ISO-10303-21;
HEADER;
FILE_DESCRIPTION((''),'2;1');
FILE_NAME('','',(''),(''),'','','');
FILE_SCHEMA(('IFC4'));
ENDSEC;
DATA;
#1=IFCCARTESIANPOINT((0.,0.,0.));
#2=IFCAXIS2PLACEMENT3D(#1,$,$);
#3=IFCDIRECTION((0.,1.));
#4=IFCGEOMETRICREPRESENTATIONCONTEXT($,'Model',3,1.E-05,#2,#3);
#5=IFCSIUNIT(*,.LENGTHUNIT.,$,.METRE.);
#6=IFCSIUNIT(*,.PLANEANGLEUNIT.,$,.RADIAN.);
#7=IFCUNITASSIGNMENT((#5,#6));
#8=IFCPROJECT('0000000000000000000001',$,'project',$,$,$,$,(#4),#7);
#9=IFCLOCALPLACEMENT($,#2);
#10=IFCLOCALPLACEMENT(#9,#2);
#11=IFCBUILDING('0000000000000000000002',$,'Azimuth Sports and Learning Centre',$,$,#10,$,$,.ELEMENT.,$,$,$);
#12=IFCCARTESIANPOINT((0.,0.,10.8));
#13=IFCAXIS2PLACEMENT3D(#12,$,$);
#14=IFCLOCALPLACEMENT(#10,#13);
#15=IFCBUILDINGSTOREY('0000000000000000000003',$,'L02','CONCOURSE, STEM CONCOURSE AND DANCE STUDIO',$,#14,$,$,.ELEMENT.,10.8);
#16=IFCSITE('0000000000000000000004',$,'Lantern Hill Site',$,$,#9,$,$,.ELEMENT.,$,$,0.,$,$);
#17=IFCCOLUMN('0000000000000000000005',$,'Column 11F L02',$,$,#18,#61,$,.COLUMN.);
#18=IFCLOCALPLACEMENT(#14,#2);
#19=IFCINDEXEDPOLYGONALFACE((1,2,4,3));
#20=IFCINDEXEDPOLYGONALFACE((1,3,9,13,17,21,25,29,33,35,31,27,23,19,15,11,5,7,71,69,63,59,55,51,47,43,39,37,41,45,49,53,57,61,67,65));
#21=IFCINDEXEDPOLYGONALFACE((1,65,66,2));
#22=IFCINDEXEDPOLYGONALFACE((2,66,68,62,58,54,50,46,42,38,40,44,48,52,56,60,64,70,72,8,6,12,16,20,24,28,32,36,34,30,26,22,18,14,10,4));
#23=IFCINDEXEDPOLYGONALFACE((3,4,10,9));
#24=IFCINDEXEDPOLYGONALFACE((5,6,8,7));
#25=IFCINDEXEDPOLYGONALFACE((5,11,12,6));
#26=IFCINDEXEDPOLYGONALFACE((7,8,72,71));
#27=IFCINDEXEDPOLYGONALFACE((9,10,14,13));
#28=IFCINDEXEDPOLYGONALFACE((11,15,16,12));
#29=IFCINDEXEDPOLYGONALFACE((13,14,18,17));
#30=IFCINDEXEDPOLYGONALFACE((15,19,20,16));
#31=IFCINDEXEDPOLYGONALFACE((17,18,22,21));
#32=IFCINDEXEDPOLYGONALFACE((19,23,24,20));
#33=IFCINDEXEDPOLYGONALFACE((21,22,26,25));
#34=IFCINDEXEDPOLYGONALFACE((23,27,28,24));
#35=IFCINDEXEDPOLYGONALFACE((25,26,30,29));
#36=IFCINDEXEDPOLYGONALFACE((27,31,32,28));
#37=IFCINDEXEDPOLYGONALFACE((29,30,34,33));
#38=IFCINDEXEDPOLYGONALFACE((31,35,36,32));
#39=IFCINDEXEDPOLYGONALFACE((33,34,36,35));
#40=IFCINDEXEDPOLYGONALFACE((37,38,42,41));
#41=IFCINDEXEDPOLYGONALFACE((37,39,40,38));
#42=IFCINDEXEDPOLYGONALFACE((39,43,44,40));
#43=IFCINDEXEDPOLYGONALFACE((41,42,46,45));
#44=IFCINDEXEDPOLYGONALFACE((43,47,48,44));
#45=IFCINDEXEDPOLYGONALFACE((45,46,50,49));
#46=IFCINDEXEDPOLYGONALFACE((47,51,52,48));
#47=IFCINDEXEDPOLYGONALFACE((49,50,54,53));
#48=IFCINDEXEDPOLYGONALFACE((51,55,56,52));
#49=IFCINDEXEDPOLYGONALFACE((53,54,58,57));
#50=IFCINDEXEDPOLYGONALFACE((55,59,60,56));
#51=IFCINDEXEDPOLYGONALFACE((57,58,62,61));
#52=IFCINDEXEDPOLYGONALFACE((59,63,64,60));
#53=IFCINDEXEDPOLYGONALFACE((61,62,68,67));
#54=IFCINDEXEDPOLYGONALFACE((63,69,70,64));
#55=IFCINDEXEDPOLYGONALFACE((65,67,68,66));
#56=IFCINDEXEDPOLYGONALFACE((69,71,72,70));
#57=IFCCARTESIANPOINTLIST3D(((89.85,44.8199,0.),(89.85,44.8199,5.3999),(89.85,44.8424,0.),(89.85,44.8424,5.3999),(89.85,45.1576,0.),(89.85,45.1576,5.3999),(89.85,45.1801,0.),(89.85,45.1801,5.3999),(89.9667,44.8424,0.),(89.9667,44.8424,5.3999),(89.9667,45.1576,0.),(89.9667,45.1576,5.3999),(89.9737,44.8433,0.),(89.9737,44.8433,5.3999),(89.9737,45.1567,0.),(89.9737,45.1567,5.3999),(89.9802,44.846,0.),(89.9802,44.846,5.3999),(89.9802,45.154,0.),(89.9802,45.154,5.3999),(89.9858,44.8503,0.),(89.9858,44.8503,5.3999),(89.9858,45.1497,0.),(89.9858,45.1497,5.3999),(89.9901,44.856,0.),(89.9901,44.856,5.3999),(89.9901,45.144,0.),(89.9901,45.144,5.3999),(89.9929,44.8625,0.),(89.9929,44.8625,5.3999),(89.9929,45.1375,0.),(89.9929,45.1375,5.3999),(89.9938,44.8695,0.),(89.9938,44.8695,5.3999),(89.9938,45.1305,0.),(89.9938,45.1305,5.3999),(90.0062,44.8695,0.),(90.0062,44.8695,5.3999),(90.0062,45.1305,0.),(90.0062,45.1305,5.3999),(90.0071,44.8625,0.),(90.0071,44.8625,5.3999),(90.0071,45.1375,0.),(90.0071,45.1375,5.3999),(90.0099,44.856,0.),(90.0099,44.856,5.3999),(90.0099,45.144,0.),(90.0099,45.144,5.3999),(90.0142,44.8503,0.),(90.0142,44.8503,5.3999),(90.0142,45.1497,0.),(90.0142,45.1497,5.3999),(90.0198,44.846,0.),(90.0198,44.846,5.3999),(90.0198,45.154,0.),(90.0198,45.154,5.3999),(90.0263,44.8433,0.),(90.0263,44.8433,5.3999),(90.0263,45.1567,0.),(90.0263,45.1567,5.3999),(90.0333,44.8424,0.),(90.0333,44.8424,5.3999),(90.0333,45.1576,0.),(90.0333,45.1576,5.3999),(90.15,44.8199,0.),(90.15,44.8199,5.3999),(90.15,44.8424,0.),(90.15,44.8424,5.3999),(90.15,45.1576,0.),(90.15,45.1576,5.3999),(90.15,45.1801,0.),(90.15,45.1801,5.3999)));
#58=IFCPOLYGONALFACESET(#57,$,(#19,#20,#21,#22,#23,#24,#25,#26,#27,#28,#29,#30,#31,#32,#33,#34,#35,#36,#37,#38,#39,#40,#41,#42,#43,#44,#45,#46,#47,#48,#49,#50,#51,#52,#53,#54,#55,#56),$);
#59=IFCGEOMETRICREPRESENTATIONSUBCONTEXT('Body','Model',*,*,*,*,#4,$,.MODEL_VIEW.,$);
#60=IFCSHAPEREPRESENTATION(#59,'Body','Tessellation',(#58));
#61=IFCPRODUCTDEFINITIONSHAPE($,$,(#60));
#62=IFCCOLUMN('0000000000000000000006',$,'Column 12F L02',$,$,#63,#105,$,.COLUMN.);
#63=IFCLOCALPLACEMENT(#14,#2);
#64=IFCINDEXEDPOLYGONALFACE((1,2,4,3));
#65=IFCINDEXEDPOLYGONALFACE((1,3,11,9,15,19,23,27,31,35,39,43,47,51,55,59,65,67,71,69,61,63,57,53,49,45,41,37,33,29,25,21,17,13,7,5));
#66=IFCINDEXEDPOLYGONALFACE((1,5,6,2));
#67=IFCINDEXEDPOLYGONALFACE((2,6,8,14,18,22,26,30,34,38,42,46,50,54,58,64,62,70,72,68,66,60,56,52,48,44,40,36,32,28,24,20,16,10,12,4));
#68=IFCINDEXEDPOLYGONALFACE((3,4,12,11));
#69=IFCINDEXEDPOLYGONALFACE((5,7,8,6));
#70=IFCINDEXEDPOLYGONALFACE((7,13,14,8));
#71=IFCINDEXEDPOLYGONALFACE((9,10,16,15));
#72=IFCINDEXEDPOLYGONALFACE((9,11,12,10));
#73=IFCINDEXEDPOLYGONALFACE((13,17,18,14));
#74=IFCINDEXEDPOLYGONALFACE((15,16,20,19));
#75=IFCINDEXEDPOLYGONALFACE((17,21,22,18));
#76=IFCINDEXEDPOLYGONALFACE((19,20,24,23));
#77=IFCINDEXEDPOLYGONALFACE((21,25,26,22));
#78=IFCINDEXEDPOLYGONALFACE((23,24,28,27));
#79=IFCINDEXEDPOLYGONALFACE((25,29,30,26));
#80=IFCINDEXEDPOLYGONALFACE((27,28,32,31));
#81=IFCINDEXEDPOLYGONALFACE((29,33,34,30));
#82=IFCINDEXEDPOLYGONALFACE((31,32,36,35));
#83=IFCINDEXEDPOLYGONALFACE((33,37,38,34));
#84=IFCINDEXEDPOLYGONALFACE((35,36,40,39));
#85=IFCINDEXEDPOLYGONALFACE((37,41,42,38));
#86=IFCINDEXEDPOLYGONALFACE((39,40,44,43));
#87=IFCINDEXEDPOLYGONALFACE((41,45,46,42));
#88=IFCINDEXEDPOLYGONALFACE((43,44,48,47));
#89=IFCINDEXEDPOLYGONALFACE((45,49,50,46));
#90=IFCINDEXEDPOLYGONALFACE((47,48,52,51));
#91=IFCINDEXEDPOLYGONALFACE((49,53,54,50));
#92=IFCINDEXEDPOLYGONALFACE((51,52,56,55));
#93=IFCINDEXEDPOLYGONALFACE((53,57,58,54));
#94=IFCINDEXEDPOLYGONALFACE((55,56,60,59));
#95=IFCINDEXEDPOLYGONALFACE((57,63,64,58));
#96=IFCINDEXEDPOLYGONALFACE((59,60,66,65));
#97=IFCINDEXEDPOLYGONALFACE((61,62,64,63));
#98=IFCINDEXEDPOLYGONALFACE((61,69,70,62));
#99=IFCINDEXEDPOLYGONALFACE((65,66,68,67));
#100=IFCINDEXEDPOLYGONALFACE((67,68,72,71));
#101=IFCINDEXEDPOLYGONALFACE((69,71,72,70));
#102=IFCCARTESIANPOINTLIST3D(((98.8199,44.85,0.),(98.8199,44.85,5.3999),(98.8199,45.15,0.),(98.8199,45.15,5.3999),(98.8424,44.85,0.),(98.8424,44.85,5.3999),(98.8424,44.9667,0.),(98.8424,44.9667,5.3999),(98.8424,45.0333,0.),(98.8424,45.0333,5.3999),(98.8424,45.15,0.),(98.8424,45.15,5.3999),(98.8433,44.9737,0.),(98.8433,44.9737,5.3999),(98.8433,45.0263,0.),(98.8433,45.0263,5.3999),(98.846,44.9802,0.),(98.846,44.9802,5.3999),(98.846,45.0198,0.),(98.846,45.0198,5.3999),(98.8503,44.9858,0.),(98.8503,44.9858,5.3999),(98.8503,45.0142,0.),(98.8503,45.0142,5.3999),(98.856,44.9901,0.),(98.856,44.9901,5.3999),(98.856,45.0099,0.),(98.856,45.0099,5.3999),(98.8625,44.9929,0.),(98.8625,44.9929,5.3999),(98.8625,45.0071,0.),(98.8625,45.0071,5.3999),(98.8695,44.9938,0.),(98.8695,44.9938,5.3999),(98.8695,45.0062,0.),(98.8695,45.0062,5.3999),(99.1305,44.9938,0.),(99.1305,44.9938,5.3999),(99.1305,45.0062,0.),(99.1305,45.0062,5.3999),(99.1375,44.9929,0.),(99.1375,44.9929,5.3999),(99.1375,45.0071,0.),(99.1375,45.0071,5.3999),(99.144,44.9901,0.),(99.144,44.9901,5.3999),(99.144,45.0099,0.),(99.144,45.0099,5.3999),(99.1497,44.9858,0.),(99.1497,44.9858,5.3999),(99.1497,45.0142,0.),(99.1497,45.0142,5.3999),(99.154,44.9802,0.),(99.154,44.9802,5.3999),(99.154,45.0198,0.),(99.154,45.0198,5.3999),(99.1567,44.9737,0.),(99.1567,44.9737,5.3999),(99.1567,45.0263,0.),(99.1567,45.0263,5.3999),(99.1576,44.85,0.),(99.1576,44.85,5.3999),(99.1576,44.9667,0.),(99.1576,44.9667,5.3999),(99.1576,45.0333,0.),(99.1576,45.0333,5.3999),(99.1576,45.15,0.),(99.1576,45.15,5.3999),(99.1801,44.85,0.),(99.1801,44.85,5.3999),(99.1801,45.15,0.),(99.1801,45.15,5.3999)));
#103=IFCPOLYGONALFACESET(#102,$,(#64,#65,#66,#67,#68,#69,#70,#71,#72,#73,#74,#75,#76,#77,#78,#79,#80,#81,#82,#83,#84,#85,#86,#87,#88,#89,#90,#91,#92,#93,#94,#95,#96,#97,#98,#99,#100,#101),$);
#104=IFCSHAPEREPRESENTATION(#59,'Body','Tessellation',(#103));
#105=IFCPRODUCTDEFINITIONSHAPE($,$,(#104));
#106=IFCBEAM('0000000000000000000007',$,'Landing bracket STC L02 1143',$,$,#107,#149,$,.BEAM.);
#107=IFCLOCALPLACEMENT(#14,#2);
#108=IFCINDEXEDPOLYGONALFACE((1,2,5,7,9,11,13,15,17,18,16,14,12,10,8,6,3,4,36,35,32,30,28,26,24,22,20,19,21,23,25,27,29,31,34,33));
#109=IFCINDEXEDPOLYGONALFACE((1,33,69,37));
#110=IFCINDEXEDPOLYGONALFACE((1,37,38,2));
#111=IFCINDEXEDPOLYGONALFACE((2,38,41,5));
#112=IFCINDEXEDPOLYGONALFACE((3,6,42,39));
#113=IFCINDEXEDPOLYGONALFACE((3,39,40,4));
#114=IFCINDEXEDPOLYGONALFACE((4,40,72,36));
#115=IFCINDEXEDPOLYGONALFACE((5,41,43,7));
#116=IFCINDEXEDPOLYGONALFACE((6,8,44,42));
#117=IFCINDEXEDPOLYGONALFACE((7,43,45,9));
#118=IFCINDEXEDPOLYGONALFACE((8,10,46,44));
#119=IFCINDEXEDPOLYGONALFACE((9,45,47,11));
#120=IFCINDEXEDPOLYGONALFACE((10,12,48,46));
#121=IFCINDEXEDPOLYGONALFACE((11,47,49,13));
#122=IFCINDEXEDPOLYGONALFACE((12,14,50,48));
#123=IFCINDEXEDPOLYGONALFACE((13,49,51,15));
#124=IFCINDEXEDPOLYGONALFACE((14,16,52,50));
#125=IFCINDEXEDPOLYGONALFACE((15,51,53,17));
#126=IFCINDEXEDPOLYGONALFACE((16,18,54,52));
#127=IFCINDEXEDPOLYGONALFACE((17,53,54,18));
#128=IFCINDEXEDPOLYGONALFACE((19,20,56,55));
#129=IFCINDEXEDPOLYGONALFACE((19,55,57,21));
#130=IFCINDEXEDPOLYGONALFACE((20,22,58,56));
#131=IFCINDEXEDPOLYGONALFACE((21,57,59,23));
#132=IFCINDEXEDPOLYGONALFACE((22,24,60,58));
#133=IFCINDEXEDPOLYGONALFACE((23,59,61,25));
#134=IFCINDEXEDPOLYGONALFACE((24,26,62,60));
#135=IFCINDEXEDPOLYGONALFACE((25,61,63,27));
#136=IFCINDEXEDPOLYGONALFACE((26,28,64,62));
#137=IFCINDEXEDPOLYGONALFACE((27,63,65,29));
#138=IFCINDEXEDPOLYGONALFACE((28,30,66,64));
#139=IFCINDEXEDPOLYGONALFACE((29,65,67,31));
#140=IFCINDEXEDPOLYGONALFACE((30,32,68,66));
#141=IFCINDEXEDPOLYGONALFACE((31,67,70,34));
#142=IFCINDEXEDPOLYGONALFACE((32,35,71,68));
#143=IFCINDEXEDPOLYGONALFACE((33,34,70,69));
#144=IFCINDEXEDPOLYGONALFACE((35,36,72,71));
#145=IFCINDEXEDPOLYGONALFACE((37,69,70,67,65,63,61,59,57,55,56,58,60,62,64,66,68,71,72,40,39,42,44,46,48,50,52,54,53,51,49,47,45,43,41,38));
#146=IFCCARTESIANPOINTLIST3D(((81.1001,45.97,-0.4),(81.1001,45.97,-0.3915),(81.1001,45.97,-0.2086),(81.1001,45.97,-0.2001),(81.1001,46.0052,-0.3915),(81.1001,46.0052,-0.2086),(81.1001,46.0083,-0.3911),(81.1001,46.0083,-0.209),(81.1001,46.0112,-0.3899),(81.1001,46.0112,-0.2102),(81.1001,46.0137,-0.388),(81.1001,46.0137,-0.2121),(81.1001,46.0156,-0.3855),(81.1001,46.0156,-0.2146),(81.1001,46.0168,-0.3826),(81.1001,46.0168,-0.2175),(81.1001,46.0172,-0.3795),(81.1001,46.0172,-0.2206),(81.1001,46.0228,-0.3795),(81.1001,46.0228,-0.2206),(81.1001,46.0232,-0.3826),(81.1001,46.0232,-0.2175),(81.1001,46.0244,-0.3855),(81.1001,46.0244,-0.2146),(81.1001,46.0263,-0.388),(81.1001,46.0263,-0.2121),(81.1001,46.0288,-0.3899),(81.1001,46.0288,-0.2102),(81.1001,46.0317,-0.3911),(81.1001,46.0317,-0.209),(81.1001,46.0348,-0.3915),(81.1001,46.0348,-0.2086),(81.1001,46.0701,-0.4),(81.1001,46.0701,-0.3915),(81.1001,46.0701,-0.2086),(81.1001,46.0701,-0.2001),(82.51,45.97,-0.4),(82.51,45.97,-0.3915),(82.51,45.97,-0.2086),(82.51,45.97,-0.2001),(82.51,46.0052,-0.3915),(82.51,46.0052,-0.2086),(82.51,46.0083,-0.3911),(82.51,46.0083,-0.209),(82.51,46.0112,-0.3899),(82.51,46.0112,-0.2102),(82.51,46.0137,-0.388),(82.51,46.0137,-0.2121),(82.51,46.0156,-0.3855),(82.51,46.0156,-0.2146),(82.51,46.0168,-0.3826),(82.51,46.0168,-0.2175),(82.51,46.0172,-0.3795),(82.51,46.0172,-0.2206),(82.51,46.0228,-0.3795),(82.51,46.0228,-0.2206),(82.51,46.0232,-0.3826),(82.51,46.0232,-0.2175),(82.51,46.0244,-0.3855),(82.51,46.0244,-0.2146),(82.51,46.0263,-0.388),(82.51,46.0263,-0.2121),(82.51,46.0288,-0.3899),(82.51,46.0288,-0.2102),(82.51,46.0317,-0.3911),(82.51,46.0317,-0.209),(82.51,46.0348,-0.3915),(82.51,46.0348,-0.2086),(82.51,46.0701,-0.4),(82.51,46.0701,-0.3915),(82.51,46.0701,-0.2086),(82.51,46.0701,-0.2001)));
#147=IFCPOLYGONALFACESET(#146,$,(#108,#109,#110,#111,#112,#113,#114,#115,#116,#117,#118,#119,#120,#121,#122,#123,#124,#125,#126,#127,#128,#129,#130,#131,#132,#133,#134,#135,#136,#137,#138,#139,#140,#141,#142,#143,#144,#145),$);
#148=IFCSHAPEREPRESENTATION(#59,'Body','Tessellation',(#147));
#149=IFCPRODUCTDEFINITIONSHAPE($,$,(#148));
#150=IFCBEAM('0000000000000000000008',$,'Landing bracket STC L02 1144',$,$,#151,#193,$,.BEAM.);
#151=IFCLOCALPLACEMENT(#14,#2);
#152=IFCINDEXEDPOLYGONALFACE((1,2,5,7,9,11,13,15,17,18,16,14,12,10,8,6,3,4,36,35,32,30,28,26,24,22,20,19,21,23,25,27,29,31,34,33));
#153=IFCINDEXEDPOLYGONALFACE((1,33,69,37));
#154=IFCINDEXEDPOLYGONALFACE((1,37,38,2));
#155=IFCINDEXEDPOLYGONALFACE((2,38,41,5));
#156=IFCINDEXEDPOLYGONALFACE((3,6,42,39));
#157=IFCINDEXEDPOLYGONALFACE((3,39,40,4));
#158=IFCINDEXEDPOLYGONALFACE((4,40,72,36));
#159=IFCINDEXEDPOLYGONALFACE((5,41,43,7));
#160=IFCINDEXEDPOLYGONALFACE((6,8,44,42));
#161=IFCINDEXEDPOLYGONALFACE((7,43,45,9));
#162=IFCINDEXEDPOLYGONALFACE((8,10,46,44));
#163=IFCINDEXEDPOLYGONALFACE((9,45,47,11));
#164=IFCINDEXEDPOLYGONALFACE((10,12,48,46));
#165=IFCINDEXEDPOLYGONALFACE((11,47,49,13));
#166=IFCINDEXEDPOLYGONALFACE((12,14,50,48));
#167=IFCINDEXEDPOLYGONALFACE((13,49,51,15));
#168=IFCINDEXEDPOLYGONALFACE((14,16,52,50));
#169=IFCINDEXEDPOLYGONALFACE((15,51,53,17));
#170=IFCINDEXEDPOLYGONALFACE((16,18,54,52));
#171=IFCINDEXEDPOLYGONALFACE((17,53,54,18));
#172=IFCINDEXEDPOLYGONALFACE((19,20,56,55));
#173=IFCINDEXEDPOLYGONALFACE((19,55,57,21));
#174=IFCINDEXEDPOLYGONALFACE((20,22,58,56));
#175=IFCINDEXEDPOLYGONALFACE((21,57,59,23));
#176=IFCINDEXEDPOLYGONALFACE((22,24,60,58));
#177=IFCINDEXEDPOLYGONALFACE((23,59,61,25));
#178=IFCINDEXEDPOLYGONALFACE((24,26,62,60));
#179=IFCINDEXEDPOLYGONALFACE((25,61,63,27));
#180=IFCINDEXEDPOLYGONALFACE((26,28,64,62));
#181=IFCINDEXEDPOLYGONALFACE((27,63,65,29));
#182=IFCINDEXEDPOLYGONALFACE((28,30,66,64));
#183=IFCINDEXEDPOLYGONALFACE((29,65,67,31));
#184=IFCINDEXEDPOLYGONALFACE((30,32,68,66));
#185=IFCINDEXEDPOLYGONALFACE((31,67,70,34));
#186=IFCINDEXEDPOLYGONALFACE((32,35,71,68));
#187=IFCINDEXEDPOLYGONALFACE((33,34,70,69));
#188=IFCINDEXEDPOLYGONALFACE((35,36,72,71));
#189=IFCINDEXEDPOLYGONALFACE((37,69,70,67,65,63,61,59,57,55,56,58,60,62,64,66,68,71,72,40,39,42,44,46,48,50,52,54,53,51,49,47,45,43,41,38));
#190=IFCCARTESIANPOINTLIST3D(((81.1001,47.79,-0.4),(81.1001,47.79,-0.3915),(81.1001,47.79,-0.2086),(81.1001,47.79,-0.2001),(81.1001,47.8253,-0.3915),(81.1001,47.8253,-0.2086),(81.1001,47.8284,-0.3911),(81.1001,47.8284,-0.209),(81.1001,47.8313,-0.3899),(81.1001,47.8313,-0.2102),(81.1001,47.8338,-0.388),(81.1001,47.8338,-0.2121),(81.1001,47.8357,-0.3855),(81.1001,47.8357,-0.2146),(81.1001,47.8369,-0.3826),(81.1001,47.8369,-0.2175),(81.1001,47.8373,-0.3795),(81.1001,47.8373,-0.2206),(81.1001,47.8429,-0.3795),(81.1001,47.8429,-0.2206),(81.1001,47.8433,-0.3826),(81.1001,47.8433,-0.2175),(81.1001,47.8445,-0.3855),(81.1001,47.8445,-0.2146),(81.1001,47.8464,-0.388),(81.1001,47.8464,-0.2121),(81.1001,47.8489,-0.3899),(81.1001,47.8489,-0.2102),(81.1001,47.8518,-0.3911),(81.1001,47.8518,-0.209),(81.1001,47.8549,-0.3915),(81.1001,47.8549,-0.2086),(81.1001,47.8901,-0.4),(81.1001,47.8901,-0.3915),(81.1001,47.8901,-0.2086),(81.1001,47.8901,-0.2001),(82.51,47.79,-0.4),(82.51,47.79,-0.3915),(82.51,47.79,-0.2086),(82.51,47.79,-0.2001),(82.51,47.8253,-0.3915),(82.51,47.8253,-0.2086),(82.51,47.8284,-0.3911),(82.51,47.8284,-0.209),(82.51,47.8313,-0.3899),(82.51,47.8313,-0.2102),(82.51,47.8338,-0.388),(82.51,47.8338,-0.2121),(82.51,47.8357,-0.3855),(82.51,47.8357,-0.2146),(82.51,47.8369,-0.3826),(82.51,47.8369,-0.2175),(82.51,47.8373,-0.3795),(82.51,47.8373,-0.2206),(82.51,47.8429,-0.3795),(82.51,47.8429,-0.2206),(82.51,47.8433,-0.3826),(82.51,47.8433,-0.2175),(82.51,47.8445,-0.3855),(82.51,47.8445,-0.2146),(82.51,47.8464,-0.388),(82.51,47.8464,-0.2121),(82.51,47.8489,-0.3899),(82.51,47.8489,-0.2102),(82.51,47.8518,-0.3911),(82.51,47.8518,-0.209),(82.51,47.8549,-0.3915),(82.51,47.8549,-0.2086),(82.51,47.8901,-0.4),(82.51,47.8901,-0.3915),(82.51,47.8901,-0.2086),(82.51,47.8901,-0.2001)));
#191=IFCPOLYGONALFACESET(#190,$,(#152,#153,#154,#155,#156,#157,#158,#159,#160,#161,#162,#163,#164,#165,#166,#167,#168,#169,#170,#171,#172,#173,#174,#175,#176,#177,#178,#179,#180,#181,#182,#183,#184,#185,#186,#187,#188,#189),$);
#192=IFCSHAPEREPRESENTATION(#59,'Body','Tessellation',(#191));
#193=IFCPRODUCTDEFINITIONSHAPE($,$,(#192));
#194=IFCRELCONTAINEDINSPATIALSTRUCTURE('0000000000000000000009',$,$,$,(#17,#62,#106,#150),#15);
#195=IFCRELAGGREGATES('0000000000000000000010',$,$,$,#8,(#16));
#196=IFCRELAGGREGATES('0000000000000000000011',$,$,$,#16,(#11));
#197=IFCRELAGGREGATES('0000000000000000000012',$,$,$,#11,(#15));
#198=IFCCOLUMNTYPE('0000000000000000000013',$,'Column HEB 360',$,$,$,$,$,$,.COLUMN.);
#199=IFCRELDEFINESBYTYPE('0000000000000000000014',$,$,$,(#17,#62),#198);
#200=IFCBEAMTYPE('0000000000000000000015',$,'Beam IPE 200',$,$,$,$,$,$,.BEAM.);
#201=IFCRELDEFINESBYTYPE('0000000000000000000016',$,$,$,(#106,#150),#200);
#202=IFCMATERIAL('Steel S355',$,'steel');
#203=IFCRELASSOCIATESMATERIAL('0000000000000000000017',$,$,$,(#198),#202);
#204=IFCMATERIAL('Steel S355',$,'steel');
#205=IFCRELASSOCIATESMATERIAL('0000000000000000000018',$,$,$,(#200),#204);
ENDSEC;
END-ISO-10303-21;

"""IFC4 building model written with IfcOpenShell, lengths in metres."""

from ifc_helpers import new_model, si_unit, direction, frame, origin, origin_2d, place, context, subcontext, project, spatial, i_section, extrude, material, material_profile, profile_set, type_object, element, save


model = new_model("IFC4")

# Units and contexts
model_context = context("Model", 3, precision=1e-05, world=origin(), true_north=direction((0.0, 1.0)))
body_context = subcontext(model_context, "Body", "Model", "MODEL_VIEW")
ifc_project = project(units=[si_unit("LENGTHUNIT", "METRE"), si_unit("PLANEANGLEUNIT", "RADIAN")], contexts=[model_context])

# Site, building, storey
site_placement = place(None, origin())
site = spatial("IfcSite", under=ifc_project, at=site_placement, Name="Lantern Hill Site", CompositionType="ELEMENT", RefElevation=0.0)
building_placement = place(site_placement, origin())
building = spatial("IfcBuilding", under=site, at=building_placement, Name="Azimuth Sports and Learning Centre", CompositionType="ELEMENT")
storey_placement = place(building_placement, frame((0.0, 0.0, 10.8)))
storey = spatial("IfcBuildingStorey", under=building, at=storey_placement, Name="L02", Description="CONCOURSE, STEM CONCOURSE AND DANCE STUDIO", CompositionType="ELEMENT", Elevation=10.8)

# Columns
ifc_material_1 = material(Name="Steel S355", Category="steel")
ifc_material_profile_1 = material_profile(ifc_material_1, i_section(OverallWidth=0.3, OverallDepth=0.3601, WebThickness=0.0125, FlangeThickness=0.0225, FilletRadius=0.0271, at=origin_2d()), Name="HEB 360")
ifc_profile_set_1 = profile_set([ifc_material_profile_1], Name="Steel S355")
column_type = type_object("IfcColumnType", Name="Column HEB 360", PredefinedType="COLUMN", material=ifc_profile_set_1)
for number, where, z_axis, x_axis, name in (
    (1, (90.0, 45.0, 0.0), (0.0, 0.0, 1.0), (1.0, 0.0, 0.0), "Column 11F L02"),
    (2, (99.0, 45.0, 0.0), (0.0, 0.0, 1.0), (0.0, 1.0, 0.0), "Column 12F L02"),
):
    element("IfcColumn", number, at=place(storey_placement, frame(where, z_axis=z_axis, x_axis=x_axis)), inside=storey, type_object=column_type, Name=name, PredefinedType="COLUMN", context=body_context, shape_type="SweptSolid", body=[
        extrude(i_section(OverallWidth=0.3, OverallDepth=0.3601, WebThickness=0.0125, FlangeThickness=0.0225, FilletRadius=0.0271, at=origin_2d()), origin(), (0.0, 0.0, 1.0), 5.3999),
    ])

# Beams
ifc_material_2 = material(Name="Steel S355", Category="steel")
ifc_material_profile_2 = material_profile(ifc_material_2, i_section(OverallWidth=0.1001, OverallDepth=0.2, WebThickness=0.0056, FlangeThickness=0.0085, FilletRadius=0.012, at=origin_2d()), Name="IPE 200")
ifc_profile_set_2 = profile_set([ifc_material_profile_2], Name="Steel S355")
beam_type_1 = type_object("IfcBeamType", Name="Beam IPE 200", PredefinedType="BEAM", material=ifc_profile_set_2)
for number, where, z_axis, x_axis, name in (
    (3, (81.1001, 46.02, -0.3), (1.0, 0.0, 0.0), (0.0, 1.0, 0.0), "Landing bracket STC L02 1143"),
    (4, (81.1001, 47.8401, -0.3), (1.0, 0.0, 0.0), (0.0, 1.0, 0.0), "Landing bracket STC L02 1144"),
):
    element("IfcBeam", number, at=place(storey_placement, frame(where, z_axis=z_axis, x_axis=x_axis)), inside=storey, type_object=beam_type_1, Name=name, PredefinedType="BEAM", context=body_context, shape_type="SweptSolid", body=[
        extrude(i_section(OverallWidth=0.1001, OverallDepth=0.2, WebThickness=0.0056, FlangeThickness=0.0085, FilletRadius=0.012, at=origin_2d()), origin(), (0.0, 0.0, 1.0), 1.4099),
    ])

save(model, "model.ifc")
